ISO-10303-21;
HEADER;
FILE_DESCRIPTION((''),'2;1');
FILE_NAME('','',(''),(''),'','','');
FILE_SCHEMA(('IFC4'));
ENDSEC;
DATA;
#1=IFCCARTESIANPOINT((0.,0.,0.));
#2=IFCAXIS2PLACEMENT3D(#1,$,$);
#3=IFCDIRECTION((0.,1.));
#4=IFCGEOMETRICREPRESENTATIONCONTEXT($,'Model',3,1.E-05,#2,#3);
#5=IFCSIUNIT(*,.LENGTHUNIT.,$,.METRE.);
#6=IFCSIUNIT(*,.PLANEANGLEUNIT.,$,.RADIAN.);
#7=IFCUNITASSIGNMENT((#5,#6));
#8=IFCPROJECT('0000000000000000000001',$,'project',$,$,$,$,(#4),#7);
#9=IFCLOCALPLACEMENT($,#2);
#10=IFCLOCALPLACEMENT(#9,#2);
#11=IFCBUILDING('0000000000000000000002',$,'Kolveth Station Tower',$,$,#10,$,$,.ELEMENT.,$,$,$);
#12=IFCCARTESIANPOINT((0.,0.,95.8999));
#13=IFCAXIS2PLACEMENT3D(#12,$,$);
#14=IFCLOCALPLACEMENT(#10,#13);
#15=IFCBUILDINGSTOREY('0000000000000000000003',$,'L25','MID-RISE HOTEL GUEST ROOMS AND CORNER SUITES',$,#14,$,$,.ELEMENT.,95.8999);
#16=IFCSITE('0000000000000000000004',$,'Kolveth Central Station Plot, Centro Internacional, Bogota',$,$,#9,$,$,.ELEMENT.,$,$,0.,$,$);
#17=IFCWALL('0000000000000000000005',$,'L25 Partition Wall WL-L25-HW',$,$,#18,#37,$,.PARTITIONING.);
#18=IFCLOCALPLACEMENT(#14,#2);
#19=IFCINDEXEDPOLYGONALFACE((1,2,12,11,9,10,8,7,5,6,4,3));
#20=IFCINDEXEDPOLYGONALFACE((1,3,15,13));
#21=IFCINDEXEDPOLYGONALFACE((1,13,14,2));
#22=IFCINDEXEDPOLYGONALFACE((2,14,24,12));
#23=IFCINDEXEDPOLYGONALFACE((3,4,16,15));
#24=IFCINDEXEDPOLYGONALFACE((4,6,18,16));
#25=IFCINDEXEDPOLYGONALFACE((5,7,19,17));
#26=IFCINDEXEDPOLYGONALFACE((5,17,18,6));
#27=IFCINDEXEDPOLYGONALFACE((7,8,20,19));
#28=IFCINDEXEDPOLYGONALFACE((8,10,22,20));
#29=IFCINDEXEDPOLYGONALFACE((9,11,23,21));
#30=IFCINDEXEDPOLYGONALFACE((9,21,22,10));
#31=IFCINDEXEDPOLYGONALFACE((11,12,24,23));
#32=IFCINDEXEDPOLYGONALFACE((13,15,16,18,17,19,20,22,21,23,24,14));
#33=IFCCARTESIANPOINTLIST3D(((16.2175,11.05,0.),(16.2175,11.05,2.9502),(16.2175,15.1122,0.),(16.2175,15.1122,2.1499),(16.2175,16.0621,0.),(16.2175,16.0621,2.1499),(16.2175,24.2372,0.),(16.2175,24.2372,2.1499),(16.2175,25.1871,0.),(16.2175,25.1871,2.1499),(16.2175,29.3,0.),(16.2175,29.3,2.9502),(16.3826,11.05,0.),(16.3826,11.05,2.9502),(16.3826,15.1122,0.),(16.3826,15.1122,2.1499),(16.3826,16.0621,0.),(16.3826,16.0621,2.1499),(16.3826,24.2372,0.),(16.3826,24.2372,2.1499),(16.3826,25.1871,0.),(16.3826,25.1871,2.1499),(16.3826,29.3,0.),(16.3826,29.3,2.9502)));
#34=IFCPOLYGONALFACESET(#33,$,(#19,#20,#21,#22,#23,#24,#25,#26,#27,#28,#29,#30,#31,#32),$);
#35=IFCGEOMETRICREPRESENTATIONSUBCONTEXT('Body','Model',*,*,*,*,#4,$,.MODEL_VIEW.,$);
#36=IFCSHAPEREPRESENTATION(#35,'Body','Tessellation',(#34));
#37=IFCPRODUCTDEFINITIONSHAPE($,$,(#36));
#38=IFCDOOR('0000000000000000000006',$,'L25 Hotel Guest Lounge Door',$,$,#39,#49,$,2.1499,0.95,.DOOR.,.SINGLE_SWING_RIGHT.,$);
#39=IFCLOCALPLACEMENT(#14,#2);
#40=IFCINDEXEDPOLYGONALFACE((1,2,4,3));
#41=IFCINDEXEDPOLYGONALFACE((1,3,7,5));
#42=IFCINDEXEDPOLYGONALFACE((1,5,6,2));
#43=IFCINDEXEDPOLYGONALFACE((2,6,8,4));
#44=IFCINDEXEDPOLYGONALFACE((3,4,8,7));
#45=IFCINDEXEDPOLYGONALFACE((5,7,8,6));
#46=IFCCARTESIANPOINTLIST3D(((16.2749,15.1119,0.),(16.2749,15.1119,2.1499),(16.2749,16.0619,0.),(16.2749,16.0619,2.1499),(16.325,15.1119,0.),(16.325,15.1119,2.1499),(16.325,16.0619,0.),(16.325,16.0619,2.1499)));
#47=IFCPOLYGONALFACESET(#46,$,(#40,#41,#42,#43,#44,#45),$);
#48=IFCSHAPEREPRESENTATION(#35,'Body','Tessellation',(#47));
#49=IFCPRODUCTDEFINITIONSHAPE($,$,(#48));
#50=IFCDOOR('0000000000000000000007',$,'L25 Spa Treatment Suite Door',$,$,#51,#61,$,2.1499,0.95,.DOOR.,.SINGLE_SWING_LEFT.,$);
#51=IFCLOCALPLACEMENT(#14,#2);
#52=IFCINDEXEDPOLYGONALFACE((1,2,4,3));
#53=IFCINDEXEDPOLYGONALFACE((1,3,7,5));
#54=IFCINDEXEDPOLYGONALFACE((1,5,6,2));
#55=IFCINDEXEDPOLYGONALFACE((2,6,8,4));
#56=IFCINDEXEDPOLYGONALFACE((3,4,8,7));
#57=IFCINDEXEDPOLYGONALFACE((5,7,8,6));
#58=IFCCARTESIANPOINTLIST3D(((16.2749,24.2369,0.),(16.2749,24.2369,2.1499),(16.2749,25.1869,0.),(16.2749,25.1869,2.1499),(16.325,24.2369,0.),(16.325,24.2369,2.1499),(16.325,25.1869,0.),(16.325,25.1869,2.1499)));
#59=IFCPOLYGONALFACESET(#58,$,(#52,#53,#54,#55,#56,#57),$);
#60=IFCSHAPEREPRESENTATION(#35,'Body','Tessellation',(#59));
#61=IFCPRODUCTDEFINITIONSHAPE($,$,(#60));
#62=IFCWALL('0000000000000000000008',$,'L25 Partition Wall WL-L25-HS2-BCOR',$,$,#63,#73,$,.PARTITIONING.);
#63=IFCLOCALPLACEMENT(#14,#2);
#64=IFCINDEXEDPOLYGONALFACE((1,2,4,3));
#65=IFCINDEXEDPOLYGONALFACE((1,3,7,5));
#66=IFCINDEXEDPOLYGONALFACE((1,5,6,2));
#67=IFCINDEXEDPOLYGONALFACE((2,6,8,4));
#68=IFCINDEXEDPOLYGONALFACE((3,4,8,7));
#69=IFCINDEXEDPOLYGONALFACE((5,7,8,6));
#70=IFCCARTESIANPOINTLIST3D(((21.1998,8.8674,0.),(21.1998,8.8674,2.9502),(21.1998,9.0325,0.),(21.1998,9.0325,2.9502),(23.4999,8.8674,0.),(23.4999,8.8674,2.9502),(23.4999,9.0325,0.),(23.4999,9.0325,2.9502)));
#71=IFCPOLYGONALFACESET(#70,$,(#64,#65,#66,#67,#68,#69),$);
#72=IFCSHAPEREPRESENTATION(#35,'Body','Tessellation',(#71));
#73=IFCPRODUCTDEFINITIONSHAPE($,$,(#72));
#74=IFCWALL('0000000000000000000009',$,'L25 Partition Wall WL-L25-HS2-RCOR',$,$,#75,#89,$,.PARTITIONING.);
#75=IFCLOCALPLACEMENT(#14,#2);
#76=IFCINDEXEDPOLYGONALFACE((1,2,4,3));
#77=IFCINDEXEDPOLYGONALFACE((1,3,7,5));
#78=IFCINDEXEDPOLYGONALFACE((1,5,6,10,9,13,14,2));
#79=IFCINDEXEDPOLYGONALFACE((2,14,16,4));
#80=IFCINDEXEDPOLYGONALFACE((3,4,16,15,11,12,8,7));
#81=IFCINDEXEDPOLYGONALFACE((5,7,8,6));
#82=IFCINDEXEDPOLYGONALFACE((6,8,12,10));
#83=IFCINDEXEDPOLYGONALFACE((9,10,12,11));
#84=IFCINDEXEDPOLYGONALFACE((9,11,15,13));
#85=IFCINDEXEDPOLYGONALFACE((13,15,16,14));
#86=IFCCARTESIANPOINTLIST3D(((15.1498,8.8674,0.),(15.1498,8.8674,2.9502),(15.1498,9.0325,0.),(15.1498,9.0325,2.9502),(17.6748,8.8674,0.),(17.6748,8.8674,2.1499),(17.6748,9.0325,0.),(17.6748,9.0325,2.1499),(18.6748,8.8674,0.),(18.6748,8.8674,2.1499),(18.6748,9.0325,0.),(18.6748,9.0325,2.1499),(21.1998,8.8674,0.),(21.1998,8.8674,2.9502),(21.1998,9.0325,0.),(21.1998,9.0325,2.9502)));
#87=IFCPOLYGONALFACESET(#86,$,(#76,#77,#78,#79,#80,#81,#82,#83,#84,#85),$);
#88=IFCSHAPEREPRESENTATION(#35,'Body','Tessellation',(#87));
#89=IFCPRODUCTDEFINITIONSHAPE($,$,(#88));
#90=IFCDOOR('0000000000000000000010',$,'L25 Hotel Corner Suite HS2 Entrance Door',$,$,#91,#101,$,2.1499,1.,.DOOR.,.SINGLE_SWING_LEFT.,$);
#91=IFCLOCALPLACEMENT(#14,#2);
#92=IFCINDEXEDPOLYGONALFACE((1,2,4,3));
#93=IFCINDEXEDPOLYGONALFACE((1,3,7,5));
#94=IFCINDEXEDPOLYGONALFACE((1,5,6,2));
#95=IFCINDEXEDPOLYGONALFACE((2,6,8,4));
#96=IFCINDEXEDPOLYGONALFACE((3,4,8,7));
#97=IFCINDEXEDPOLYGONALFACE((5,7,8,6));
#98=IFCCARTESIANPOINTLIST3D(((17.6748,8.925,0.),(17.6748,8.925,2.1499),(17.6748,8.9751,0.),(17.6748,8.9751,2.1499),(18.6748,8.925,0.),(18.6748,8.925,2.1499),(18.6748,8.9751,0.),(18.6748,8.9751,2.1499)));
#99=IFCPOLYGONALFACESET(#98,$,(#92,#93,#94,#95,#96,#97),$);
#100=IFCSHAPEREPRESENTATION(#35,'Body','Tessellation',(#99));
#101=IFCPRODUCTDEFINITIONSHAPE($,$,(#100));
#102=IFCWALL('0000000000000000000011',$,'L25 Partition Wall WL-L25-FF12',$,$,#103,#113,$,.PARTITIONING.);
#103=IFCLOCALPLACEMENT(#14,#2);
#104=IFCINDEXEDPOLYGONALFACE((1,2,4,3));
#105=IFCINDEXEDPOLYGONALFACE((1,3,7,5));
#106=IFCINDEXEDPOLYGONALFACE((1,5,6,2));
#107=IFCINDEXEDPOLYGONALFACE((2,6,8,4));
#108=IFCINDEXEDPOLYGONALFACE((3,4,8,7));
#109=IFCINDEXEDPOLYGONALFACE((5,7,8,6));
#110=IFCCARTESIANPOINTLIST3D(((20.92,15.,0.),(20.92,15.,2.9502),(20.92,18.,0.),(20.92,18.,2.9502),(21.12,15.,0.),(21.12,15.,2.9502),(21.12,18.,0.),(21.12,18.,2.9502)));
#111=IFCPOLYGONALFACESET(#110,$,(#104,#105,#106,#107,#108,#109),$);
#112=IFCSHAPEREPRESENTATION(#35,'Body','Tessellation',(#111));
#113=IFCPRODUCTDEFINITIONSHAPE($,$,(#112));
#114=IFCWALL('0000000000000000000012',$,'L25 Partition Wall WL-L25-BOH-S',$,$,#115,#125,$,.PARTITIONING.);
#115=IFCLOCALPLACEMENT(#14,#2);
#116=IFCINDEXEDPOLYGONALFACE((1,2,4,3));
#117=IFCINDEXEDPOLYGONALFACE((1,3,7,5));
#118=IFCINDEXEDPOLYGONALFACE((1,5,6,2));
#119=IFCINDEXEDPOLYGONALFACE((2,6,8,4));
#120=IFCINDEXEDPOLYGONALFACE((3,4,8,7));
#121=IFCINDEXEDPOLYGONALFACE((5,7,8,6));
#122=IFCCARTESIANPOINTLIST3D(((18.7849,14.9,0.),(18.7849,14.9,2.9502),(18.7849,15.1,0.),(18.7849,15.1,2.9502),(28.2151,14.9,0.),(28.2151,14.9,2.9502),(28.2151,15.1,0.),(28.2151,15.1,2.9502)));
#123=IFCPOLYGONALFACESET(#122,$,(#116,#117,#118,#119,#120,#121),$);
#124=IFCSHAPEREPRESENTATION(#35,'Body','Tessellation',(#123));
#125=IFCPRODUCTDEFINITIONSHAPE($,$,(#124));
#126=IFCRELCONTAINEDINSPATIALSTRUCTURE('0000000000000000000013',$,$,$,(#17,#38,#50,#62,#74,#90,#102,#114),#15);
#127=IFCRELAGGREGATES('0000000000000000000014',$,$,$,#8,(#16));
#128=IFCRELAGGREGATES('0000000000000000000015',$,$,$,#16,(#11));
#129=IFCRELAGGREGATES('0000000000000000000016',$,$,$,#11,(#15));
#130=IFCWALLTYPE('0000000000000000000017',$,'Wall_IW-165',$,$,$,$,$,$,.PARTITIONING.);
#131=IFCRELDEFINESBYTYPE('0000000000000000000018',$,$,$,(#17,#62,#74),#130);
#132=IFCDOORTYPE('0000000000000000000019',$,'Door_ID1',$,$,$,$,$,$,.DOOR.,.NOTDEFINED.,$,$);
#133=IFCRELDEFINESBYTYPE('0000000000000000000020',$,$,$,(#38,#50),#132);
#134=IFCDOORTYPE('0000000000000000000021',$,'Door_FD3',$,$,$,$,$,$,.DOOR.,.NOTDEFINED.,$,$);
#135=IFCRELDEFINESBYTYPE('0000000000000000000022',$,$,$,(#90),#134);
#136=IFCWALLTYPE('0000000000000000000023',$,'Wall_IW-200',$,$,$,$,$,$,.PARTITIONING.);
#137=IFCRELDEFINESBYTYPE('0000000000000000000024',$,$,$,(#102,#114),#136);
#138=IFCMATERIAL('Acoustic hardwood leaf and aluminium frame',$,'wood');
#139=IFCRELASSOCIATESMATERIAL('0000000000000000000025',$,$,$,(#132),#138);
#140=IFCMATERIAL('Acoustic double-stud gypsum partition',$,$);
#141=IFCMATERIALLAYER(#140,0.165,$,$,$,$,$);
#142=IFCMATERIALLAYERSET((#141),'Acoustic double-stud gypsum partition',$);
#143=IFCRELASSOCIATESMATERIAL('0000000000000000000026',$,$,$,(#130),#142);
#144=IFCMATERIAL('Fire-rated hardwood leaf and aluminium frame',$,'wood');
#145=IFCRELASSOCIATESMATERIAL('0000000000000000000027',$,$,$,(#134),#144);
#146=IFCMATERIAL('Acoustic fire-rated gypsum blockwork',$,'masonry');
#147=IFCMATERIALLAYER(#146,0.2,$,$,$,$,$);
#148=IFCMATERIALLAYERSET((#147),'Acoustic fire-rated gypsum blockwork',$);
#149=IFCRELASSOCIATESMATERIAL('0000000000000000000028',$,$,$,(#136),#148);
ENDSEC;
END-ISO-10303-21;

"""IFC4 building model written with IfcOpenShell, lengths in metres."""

from ifc_helpers import new_model, si_unit, direction, frame, frame_2d, origin, place, context, subcontext, project, spatial, rectangle, extrude, material, layer, layer_set, type_object, element, fill, save


model = new_model("IFC4")

# Units and contexts
model_context = context("Model", 3, precision=1e-05, world=origin(), true_north=direction((0.0, 1.0)))
body_context = subcontext(model_context, "Body", "Model", "MODEL_VIEW")
ifc_project = project(units=[si_unit("LENGTHUNIT", "METRE"), si_unit("PLANEANGLEUNIT", "RADIAN")], contexts=[model_context])

# Site, building, storey
site_placement = place(None, origin())
site = spatial("IfcSite", under=ifc_project, at=site_placement, Name="Kolveth Central Station Plot, Centro Internacional, Bogota", CompositionType="ELEMENT", RefElevation=0.0)
building_placement = place(site_placement, origin())
building = spatial("IfcBuilding", under=site, at=building_placement, Name="Kolveth Station Tower", CompositionType="ELEMENT")
storey_placement = place(building_placement, frame((0.0, 0.0, 95.8999)))
storey = spatial("IfcBuildingStorey", under=building, at=storey_placement, Name="L25", Description="MID-RISE HOTEL GUEST ROOMS AND CORNER SUITES", CompositionType="ELEMENT", Elevation=95.8999)

# Shared definitions
ifc_material_1 = material(Name="Acoustic hardwood leaf and aluminium frame", Category="wood")
door_type_1 = type_object("IfcDoorType", Name="Door_ID1", OperationType="NOTDEFINED", PredefinedType="DOOR", material=ifc_material_1)

# Wall, openings, doors
ifc_material_2 = material(Name="Acoustic double-stud gypsum partition")
ifc_layer_1 = layer(ifc_material_2, 0.165)
ifc_layer_set_1 = layer_set([ifc_layer_1], Name="Acoustic double-stud gypsum partition")
wall_type_1 = type_object("IfcWallType", Name="Wall_IW-165", PredefinedType="PARTITIONING", material=ifc_layer_set_1)
wall_1_placement = place(storey_placement, frame((16.3, 11.05, 0.0), z_axis=(0.0, 0.0, 1.0), x_axis=(0.0, 1.0, 0.0)))
wall_1 = element("IfcWall", 1, at=wall_1_placement, inside=storey, type_object=wall_type_1, Name="L25 Partition Wall WL-L25-HW", PredefinedType="PARTITIONING", context=body_context, shape_type="SweptSolid", body=[
    extrude(rectangle(XDim=18.25, YDim=0.165, at=frame_2d((9.125, 0.0))), origin(), (0.0, 0.0, 1.0), 2.9502),
])
opening_1_placement = place(wall_1_placement, frame((4.062, 0.0, 0.0)))
opening_1 = element("IfcOpeningElement", 2, at=opening_1_placement, cuts=wall_1, PredefinedType="OPENING", context=body_context, shape_type="SweptSolid", body=[
    extrude(rectangle(XDim=0.95, YDim=2.1499, at=frame_2d((0.4751, 1.075))), frame((0.0, 0.0925, 0.0), z_axis=(0.0, -1.0, 0.0), x_axis=(1.0, 0.0, 0.0)), (0.0, 0.0, 1.0), 0.1851),
])
opening_2_placement = place(wall_1_placement, frame((13.187, 0.0, 0.0)))
opening_2 = element("IfcOpeningElement", 3, at=opening_2_placement, cuts=wall_1, PredefinedType="OPENING", context=body_context, shape_type="SweptSolid", body=[
    extrude(rectangle(XDim=0.95, YDim=2.1499, at=frame_2d((0.4751, 1.075))), frame((0.0, 0.0925, 0.0), z_axis=(0.0, -1.0, 0.0), x_axis=(1.0, 0.0, 0.0)), (0.0, 0.0, 1.0), 0.1851),
])
door_1_placement = place(opening_1_placement, frame((0.95, 0.0, 0.0), z_axis=(0.0, 0.0, 1.0), x_axis=(-1.0, 0.0, 0.0)))
door_1 = element("IfcDoor", 4, at=door_1_placement, inside=storey, type_object=door_type_1, Name="L25 Hotel Guest Lounge Door", OperationType="SINGLE_SWING_RIGHT", OverallHeight=2.1499, OverallWidth=0.95, PredefinedType="DOOR", context=body_context, shape_type="SweptSolid", body=[
    extrude(rectangle(XDim=0.95, YDim=2.1499, at=frame_2d((0.4751, 1.075))), frame((0.0, 0.0249, 0.0), z_axis=(0.0, -1.0, 0.0), x_axis=(1.0, 0.0, 0.0)), (0.0, 0.0, 1.0), 0.05),
])
fill(opening_1, door_1)
door_2_placement = place(opening_2_placement, frame((0.95, 0.0, 0.0), z_axis=(0.0, 0.0, 1.0), x_axis=(-1.0, 0.0, 0.0)))
door_2 = element("IfcDoor", 5, at=door_2_placement, inside=storey, type_object=door_type_1, Name="L25 Spa Treatment Suite Door", OperationType="SINGLE_SWING_LEFT", OverallHeight=2.1499, OverallWidth=0.95, PredefinedType="DOOR", context=body_context, shape_type="SweptSolid", body=[
    extrude(rectangle(XDim=0.95, YDim=2.1499, at=frame_2d((0.4751, 1.075))), frame((0.0, 0.0249, 0.0), z_axis=(0.0, -1.0, 0.0), x_axis=(1.0, 0.0, 0.0)), (0.0, 0.0, 1.0), 0.05),
])
fill(opening_2, door_2)

# Wall
wall_2_placement = place(storey_placement, frame((21.2, 8.95, 0.0), z_axis=(0.0, 0.0, 1.0), x_axis=(1.0, 0.0, 0.0)))
element("IfcWall", 6, at=wall_2_placement, inside=storey, type_object=wall_type_1, Name="L25 Partition Wall WL-L25-HS2-BCOR", PredefinedType="PARTITIONING", context=body_context, shape_type="SweptSolid", body=[
    extrude(rectangle(XDim=2.3, YDim=0.165, at=frame_2d((1.1499, 0.0))), origin(), (0.0, 0.0, 1.0), 2.9502),
])

# Wall, opening, door
wall_3_placement = place(storey_placement, frame((15.1499, 8.95, 0.0), z_axis=(0.0, 0.0, 1.0), x_axis=(1.0, 0.0, 0.0)))
wall_3 = element("IfcWall", 7, at=wall_3_placement, inside=storey, type_object=wall_type_1, Name="L25 Partition Wall WL-L25-HS2-RCOR", PredefinedType="PARTITIONING", context=body_context, shape_type="SweptSolid", body=[
    extrude(rectangle(XDim=6.05, YDim=0.165, at=frame_2d((3.0249, 0.0))), origin(), (0.0, 0.0, 1.0), 2.9502),
])
opening_3_placement = place(wall_3_placement, frame((2.5249, 0.0, 0.0)))
opening_3 = element("IfcOpeningElement", 8, at=opening_3_placement, cuts=wall_3, PredefinedType="OPENING", context=body_context, shape_type="SweptSolid", body=[
    extrude(rectangle(XDim=1.0, YDim=2.1499, at=frame_2d((0.5, 1.075))), frame((0.0, 0.0925, 0.0), z_axis=(0.0, -1.0, 0.0), x_axis=(1.0, 0.0, 0.0)), (0.0, 0.0, 1.0), 0.1851),
])
ifc_material_3 = material(Name="Fire-rated hardwood leaf and aluminium frame", Category="wood")
door_type_2 = type_object("IfcDoorType", Name="Door_FD3", OperationType="NOTDEFINED", PredefinedType="DOOR", material=ifc_material_3)
door_3_placement = place(opening_3_placement, frame((1.0, 0.0, 0.0), z_axis=(0.0, 0.0, 1.0), x_axis=(-1.0, 0.0, 0.0)))
door_3 = element("IfcDoor", 9, at=door_3_placement, inside=storey, type_object=door_type_2, Name="L25 Hotel Corner Suite HS2 Entrance Door", OperationType="SINGLE_SWING_LEFT", OverallHeight=2.1499, OverallWidth=1.0, PredefinedType="DOOR", context=body_context, shape_type="SweptSolid", body=[
    extrude(rectangle(XDim=1.0, YDim=2.1499, at=frame_2d((0.5, 1.075))), frame((0.0, 0.0249, 0.0), z_axis=(0.0, -1.0, 0.0), x_axis=(1.0, 0.0, 0.0)), (0.0, 0.0, 1.0), 0.05),
])
fill(opening_3, door_3)

# Walls
ifc_material_4 = material(Name="Acoustic fire-rated gypsum blockwork", Category="masonry")
ifc_layer_2 = layer(ifc_material_4, 0.2)
ifc_layer_set_2 = layer_set([ifc_layer_2], Name="Acoustic fire-rated gypsum blockwork")
wall_type_2 = type_object("IfcWallType", Name="Wall_IW-200", PredefinedType="PARTITIONING", material=ifc_layer_set_2)
wall_4_placement = place(storey_placement, frame((21.02, 15.0, 0.0), z_axis=(0.0, 0.0, 1.0), x_axis=(0.0, 1.0, 0.0)))
element("IfcWall", 10, at=wall_4_placement, inside=storey, type_object=wall_type_2, Name="L25 Partition Wall WL-L25-FF12", PredefinedType="PARTITIONING", context=body_context, shape_type="SweptSolid", body=[
    extrude(rectangle(XDim=3.0, YDim=0.2, at=frame_2d((1.5, 0.0))), origin(), (0.0, 0.0, 1.0), 2.9502),
])
wall_5_placement = place(storey_placement, frame((18.7849, 15.0, 0.0), z_axis=(0.0, 0.0, 1.0), x_axis=(1.0, 0.0, 0.0)))
element("IfcWall", 11, at=wall_5_placement, inside=storey, type_object=wall_type_2, Name="L25 Partition Wall WL-L25-BOH-S", PredefinedType="PARTITIONING", context=body_context, shape_type="SweptSolid", body=[
    extrude(rectangle(XDim=9.4302, YDim=0.2, at=frame_2d((4.7151, 0.0))), origin(), (0.0, 0.0, 1.0), 2.9502),
])

save(model, "model.ifc")
